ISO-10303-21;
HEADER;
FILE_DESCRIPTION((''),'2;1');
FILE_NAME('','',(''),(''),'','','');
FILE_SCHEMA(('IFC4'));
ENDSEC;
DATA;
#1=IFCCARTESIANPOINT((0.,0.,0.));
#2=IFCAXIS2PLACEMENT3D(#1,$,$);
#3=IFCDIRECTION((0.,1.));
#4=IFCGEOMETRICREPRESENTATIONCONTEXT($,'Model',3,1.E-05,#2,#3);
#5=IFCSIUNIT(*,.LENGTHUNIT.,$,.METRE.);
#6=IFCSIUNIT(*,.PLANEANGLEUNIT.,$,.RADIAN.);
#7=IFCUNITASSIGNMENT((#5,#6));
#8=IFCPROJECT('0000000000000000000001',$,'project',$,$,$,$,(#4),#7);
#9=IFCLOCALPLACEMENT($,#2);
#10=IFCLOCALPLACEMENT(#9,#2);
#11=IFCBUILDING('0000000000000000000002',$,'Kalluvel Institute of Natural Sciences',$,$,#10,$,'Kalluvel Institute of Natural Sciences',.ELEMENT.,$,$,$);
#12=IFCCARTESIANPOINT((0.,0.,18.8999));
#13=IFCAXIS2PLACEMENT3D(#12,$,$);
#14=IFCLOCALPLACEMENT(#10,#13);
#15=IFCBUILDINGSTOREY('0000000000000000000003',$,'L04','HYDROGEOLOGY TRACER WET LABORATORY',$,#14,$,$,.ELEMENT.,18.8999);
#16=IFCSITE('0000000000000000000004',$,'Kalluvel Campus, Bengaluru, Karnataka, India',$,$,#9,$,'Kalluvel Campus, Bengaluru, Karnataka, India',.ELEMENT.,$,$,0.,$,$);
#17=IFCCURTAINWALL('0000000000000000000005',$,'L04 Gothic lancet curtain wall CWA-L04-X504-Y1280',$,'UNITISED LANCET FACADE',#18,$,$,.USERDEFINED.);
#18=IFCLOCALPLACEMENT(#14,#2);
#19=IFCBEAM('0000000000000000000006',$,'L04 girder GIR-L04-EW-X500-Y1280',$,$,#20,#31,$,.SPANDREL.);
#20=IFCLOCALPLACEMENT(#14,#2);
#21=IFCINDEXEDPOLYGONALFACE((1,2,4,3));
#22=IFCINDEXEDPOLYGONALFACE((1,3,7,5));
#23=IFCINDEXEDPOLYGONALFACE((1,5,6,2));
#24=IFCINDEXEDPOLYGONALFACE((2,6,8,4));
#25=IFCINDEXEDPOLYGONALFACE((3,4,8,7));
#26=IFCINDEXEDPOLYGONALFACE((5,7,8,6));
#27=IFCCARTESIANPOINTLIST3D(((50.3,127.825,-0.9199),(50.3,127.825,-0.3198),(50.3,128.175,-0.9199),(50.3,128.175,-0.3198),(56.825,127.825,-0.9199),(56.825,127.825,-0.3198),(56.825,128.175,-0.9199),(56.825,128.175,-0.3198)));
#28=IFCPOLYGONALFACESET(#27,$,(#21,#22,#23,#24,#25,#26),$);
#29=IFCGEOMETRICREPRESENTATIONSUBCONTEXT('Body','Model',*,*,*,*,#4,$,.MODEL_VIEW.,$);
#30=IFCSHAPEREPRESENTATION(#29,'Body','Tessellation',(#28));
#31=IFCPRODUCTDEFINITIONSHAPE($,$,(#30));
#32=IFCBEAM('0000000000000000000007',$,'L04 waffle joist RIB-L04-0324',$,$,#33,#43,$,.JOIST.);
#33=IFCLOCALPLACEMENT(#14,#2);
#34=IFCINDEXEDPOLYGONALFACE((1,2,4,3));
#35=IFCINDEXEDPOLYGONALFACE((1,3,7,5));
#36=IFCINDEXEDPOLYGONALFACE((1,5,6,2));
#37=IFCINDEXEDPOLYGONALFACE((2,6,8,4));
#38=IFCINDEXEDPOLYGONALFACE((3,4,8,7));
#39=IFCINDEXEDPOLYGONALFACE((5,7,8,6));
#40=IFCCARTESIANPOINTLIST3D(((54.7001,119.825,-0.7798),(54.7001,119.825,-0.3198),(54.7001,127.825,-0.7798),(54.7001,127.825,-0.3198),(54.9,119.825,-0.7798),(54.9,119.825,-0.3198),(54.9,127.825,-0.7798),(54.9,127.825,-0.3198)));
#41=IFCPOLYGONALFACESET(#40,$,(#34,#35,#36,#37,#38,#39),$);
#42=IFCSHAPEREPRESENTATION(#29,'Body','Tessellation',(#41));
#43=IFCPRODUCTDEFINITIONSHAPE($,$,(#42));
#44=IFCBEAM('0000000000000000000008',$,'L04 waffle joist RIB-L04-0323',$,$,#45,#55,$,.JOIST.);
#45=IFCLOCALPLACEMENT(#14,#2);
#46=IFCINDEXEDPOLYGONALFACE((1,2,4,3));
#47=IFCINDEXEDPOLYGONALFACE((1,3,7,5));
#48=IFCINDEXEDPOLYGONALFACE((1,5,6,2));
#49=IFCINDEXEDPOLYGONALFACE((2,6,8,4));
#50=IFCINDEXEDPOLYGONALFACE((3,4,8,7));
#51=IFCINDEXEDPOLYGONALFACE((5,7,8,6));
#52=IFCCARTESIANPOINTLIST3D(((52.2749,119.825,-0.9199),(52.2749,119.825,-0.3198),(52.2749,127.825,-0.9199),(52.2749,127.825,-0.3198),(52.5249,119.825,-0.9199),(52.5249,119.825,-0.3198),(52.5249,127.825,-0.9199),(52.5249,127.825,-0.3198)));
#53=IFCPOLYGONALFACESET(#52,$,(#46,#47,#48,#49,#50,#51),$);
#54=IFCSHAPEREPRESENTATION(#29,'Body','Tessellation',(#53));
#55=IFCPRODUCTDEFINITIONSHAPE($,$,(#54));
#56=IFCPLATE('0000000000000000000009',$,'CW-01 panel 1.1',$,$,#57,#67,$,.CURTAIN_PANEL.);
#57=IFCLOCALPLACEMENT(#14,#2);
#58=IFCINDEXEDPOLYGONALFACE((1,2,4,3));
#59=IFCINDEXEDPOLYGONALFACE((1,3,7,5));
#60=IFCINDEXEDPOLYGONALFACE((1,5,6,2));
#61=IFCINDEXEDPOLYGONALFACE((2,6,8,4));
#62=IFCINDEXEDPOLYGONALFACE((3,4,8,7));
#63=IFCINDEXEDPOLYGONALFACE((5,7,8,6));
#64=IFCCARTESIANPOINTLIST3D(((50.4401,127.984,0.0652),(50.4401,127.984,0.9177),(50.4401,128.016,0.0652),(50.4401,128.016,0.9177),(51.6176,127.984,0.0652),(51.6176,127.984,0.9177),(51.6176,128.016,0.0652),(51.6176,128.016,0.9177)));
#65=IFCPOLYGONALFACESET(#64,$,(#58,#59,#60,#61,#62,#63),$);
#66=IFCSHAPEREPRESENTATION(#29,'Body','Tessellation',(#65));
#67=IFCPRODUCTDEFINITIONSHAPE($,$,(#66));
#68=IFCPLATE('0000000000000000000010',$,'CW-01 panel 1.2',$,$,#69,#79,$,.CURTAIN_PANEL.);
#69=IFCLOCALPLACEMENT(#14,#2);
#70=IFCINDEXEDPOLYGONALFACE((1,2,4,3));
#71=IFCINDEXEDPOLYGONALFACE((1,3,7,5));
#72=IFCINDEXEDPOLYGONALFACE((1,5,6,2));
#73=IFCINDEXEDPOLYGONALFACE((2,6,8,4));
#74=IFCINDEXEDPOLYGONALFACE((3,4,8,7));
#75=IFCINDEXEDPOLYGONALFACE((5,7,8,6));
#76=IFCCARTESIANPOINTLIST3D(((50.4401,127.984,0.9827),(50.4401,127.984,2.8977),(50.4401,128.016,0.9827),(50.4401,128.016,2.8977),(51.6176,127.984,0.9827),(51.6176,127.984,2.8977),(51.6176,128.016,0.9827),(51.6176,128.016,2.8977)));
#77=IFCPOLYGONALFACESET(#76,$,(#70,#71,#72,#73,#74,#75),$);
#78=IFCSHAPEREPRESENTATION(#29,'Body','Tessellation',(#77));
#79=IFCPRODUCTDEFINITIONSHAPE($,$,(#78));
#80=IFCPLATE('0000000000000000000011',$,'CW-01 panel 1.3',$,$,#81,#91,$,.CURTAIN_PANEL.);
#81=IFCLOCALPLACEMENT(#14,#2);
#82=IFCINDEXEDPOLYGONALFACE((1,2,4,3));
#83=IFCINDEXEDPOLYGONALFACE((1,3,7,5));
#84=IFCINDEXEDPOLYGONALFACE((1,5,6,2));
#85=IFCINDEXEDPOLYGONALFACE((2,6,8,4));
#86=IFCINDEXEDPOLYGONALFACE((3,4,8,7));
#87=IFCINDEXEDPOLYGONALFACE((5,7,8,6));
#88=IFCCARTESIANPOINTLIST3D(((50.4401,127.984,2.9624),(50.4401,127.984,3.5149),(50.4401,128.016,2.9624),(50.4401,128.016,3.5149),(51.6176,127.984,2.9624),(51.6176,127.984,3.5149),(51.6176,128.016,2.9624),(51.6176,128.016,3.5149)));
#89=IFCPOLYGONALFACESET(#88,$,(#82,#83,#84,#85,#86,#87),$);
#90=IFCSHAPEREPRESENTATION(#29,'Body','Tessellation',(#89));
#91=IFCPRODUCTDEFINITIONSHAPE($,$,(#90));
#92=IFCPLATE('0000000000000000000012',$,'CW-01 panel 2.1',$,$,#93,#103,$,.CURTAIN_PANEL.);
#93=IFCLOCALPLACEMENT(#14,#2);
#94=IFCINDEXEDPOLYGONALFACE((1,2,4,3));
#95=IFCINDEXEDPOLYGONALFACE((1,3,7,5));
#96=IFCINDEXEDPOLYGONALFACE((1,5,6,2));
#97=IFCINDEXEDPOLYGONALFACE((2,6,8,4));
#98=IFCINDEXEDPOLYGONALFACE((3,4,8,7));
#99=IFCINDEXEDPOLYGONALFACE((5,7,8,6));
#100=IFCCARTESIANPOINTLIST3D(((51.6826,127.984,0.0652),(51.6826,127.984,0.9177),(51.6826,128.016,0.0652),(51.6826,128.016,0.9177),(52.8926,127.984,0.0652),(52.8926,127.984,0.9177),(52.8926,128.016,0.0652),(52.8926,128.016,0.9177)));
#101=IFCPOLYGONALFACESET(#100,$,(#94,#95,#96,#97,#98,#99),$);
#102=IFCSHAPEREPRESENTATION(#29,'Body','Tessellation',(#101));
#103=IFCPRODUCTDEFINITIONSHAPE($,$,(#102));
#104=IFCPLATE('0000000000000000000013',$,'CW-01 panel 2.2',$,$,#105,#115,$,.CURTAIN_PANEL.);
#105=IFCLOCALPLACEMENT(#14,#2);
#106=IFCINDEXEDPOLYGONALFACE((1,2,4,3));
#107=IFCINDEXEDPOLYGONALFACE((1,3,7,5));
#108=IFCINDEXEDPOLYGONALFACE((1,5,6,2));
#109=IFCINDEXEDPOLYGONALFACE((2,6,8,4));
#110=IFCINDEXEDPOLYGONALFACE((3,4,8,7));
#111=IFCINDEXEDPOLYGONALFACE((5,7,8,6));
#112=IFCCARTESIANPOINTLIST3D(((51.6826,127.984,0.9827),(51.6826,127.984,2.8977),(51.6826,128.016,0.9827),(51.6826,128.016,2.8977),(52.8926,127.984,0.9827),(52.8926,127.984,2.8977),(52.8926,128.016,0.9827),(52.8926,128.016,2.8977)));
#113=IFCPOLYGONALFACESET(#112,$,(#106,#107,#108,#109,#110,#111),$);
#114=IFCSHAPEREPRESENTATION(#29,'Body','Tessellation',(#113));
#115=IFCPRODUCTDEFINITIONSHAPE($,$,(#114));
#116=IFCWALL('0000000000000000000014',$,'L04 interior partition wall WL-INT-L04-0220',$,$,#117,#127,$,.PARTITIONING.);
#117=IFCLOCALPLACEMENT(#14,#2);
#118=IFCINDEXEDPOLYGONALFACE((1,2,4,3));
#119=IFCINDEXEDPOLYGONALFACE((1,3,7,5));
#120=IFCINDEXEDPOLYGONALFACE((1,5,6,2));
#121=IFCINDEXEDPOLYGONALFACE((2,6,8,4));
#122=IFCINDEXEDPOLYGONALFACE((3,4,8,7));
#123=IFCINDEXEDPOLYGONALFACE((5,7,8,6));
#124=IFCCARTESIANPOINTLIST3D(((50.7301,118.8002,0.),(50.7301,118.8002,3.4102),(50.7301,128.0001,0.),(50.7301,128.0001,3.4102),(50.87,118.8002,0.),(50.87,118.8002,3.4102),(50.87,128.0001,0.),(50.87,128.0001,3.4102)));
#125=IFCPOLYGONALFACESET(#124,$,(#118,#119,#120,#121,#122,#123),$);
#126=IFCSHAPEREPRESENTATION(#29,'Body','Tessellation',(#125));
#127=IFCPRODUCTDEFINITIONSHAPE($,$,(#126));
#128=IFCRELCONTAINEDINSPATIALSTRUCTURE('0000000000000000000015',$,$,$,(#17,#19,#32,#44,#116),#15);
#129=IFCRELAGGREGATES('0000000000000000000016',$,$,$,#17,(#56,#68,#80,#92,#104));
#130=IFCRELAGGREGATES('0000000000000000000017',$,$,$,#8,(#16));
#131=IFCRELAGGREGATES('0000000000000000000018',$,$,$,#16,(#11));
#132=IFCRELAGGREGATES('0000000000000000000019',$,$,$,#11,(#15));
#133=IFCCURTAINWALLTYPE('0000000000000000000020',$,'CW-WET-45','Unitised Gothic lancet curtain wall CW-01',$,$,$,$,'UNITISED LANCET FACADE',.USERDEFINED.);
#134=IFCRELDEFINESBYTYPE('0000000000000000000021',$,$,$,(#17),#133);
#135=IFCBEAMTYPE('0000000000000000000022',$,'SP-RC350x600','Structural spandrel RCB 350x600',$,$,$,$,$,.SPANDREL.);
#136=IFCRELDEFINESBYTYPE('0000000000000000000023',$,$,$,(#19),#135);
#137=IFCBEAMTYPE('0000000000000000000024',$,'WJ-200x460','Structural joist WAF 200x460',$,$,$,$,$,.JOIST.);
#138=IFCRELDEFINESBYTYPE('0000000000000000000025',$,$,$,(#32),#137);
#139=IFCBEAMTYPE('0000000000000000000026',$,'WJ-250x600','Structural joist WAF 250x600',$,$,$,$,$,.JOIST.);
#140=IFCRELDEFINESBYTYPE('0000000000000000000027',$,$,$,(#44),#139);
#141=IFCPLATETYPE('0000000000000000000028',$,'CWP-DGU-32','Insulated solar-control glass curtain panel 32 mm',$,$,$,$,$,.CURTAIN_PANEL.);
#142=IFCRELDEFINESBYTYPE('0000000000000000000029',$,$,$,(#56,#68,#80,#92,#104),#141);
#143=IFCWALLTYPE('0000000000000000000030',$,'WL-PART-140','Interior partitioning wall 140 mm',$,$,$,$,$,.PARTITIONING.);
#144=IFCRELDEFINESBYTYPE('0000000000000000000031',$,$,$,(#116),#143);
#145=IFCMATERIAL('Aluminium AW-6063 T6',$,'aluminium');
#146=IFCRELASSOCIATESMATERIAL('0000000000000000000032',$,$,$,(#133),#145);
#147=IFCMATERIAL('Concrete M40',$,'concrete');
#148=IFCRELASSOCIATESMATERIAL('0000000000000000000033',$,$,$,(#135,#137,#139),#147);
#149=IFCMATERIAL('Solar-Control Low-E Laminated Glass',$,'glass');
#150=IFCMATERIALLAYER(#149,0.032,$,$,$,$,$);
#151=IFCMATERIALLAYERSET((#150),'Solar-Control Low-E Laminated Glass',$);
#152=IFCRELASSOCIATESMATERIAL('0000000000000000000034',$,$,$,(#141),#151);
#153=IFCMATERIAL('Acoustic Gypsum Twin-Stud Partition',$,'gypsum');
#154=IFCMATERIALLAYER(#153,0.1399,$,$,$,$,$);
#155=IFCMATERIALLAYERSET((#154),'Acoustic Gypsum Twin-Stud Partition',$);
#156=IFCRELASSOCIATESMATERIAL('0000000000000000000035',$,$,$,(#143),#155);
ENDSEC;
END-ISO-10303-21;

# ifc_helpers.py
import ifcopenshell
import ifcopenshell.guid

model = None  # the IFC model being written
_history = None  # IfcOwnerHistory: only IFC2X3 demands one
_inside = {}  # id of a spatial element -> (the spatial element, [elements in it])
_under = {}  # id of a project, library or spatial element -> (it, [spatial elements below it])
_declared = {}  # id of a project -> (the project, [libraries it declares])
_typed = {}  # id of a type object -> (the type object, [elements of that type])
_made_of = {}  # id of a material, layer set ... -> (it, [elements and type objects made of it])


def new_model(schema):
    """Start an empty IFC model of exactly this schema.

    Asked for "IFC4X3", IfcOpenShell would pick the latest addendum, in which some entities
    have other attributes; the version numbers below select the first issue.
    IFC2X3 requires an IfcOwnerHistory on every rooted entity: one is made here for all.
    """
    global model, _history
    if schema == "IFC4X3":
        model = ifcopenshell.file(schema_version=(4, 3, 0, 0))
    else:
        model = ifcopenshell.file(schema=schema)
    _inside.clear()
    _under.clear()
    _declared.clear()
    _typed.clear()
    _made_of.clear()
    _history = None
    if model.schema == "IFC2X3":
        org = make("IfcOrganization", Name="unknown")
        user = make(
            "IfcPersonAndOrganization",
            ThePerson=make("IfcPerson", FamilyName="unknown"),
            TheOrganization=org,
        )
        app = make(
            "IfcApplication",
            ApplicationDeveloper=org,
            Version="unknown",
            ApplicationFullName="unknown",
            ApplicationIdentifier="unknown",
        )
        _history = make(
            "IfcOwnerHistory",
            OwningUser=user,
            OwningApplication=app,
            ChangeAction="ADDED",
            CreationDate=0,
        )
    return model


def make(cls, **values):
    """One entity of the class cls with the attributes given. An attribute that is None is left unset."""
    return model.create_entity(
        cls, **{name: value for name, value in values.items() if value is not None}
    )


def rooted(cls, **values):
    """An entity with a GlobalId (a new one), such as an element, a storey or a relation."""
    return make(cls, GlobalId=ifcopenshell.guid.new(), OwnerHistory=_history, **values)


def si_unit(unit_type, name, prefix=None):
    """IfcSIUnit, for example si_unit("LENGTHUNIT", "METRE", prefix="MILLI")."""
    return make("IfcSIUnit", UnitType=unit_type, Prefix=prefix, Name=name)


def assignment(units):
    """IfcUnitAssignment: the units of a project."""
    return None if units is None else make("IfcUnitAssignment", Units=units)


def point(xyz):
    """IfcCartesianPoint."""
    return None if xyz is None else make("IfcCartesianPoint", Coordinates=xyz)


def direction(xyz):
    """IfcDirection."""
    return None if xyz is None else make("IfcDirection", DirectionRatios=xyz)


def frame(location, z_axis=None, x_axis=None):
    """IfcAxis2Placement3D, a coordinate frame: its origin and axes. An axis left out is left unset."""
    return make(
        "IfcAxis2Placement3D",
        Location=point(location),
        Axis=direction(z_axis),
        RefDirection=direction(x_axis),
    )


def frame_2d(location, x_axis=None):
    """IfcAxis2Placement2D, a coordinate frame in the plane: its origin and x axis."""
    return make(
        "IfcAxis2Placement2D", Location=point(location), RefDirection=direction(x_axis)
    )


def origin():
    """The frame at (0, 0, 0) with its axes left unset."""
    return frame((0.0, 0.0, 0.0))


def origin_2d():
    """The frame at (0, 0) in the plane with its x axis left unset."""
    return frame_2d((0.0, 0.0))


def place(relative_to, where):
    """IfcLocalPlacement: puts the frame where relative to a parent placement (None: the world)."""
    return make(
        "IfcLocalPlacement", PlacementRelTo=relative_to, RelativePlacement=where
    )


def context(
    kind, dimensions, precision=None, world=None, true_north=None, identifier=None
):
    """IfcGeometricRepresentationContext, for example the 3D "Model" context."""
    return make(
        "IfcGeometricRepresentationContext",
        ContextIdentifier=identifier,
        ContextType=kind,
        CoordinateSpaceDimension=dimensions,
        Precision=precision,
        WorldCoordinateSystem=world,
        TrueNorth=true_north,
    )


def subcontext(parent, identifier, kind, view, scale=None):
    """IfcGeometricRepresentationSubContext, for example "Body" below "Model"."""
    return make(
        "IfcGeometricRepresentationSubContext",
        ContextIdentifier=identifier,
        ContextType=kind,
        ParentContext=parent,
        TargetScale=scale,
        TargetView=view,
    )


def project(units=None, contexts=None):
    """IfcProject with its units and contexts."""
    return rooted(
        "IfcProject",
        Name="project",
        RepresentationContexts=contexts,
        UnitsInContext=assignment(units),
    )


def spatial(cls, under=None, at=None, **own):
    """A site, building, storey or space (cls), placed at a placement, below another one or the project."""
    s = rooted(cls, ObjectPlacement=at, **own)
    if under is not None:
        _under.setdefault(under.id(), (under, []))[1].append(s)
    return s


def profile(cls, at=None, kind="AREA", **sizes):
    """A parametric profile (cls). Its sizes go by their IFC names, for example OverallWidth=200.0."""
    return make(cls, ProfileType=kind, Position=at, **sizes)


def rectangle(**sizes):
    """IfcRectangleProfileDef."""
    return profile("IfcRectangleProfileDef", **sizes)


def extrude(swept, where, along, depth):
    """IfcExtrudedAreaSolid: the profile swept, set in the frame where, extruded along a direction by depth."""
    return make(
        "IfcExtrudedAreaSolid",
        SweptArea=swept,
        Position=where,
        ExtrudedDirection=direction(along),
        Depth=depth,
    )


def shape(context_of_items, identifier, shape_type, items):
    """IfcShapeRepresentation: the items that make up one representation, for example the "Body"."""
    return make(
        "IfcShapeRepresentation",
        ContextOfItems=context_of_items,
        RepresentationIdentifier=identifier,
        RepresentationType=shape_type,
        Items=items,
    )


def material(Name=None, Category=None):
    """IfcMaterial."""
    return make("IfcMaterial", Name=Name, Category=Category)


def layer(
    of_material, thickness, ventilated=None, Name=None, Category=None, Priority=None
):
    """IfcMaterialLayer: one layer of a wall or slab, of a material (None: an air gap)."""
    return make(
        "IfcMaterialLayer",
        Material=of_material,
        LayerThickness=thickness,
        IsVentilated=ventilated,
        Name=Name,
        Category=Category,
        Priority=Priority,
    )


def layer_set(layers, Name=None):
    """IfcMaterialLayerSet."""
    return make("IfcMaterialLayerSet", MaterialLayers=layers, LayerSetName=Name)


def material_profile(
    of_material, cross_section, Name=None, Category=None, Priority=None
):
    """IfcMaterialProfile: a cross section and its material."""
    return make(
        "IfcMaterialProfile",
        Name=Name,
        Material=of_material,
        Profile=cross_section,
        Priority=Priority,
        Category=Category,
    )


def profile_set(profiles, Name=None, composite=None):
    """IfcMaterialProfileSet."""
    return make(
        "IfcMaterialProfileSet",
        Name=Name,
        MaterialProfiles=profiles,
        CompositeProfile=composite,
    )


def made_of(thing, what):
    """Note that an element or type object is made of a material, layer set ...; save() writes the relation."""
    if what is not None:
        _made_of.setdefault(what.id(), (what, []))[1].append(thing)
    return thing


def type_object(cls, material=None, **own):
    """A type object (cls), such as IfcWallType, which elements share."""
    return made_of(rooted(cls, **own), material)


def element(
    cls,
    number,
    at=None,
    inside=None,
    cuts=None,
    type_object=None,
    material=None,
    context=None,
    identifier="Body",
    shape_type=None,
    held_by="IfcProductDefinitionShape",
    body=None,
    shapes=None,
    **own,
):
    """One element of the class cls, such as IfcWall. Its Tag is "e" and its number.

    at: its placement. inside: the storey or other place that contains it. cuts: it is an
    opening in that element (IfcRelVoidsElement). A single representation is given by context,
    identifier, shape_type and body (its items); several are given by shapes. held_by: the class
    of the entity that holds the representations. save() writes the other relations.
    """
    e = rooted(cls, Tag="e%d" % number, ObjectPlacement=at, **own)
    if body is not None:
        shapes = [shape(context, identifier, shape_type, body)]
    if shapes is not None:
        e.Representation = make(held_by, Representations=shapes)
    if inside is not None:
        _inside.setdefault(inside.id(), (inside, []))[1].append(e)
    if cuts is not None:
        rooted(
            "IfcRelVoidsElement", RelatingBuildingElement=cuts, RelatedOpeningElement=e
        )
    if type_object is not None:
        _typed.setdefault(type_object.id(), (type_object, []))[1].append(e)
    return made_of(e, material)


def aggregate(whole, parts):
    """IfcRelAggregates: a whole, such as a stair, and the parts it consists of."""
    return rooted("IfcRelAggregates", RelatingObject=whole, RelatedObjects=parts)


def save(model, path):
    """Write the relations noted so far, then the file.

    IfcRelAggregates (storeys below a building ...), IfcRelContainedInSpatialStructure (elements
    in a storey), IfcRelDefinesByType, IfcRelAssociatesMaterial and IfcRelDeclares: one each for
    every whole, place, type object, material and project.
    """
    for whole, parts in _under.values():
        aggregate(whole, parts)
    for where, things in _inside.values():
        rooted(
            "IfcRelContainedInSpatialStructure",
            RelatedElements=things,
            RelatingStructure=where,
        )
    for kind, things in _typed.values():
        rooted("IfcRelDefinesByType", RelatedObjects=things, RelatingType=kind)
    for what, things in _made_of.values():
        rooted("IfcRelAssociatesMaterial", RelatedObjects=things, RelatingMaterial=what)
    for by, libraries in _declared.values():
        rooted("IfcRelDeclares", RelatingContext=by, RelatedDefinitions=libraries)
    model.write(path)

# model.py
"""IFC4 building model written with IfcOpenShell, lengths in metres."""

from ifc_helpers import new_model, si_unit, direction, frame, frame_2d, origin, origin_2d, place, context, subcontext, project, spatial, rectangle, extrude, material, layer, layer_set, material_profile, profile_set, type_object, element, aggregate, save


model = new_model("IFC4")

# Units and contexts
model_context = context("Model", 3, precision=1e-05, world=origin(), true_north=direction((0.0, 1.0)))
body_context = subcontext(model_context, "Body", "Model", "MODEL_VIEW")
ifc_project = project(units=[si_unit("LENGTHUNIT", "METRE"), si_unit("PLANEANGLEUNIT", "RADIAN")], contexts=[model_context])

# Site, building, storey
site_placement = place(None, origin())
site = spatial("IfcSite", under=ifc_project, at=site_placement, Name="Kalluvel Campus, Bengaluru, Karnataka, India", LongName="Kalluvel Campus, Bengaluru, Karnataka, India", CompositionType="ELEMENT", RefElevation=0.0)
building_placement = place(site_placement, origin())
building = spatial("IfcBuilding", under=site, at=building_placement, Name="Kalluvel Institute of Natural Sciences", LongName="Kalluvel Institute of Natural Sciences", CompositionType="ELEMENT")
storey_placement = place(building_placement, frame((0.0, 0.0, 18.8999)))
storey = spatial("IfcBuildingStorey", under=building, at=storey_placement, Name="L04", Description="HYDROGEOLOGY TRACER WET LABORATORY", CompositionType="ELEMENT", Elevation=18.8999)

# Shared definitions
ifc_material_1 = material(Name="Concrete M40", Category="concrete")

# Curtain wall
ifc_material_2 = material(Name="Aluminium AW-6063 T6", Category="aluminium")
curtain_wall_type = type_object("IfcCurtainWallType", Name="CW-WET-45", Description="Unitised Gothic lancet curtain wall CW-01", ElementType="UNITISED LANCET FACADE", PredefinedType="USERDEFINED", material=ifc_material_2)
curtain_wall_placement = place(storey_placement, origin())
curtain_wall = element("IfcCurtainWall", 1, at=curtain_wall_placement, inside=storey, type_object=curtain_wall_type, Name="L04 Gothic lancet curtain wall CWA-L04-X504-Y1280", ObjectType="UNITISED LANCET FACADE", PredefinedType="USERDEFINED")

# Beams
ifc_material_profile_1 = material_profile(ifc_material_1, rectangle(XDim=0.3501, YDim=0.6001, at=origin_2d()), Name="RCB 350x600")
ifc_profile_set_1 = profile_set([ifc_material_profile_1], Name="Concrete M40")
beam_type_1 = type_object("IfcBeamType", Name="SP-RC350x600", Description="Structural spandrel RCB 350x600", PredefinedType="SPANDREL", material=ifc_profile_set_1)
beam_1_placement = place(storey_placement, frame((50.3, 128.0, -0.6199), z_axis=(1.0, 0.0, 0.0), x_axis=(0.0, 1.0, 0.0)))
element("IfcBeam", 2, at=beam_1_placement, inside=storey, type_object=beam_type_1, Name="L04 girder GIR-L04-EW-X500-Y1280", PredefinedType="SPANDREL", context=body_context, shape_type="SweptSolid", body=[
    extrude(rectangle(XDim=0.3501, YDim=0.6001, at=origin_2d()), origin(), (0.0, 0.0, 1.0), 6.5249),
])
ifc_material_profile_2 = material_profile(ifc_material_1, rectangle(XDim=0.2, YDim=0.46, at=origin_2d()), Name="WAF 200x460")
ifc_profile_set_2 = profile_set([ifc_material_profile_2], Name="Concrete M40")
beam_type_2 = type_object("IfcBeamType", Name="WJ-200x460", Description="Structural joist WAF 200x460", PredefinedType="JOIST", material=ifc_profile_set_2)
beam_2_placement = place(storey_placement, frame((54.8, 119.825, -0.5498), z_axis=(0.0, 1.0, 0.0), x_axis=(-1.0, 0.0, 0.0)))
element("IfcBeam", 3, at=beam_2_placement, inside=storey, type_object=beam_type_2, Name="L04 waffle joist RIB-L04-0324", PredefinedType="JOIST", context=body_context, shape_type="SweptSolid", body=[
    extrude(rectangle(XDim=0.2, YDim=0.46, at=origin_2d()), origin(), (0.0, 0.0, 1.0), 8.0),
])
ifc_material_profile_3 = material_profile(ifc_material_1, rectangle(XDim=0.25, YDim=0.6001, at=origin_2d()), Name="WAF 250x600")
ifc_profile_set_3 = profile_set([ifc_material_profile_3], Name="Concrete M40")
beam_type_3 = type_object("IfcBeamType", Name="WJ-250x600", Description="Structural joist WAF 250x600", PredefinedType="JOIST", material=ifc_profile_set_3)
beam_3_placement = place(storey_placement, frame((52.3999, 119.825, -0.6199), z_axis=(0.0, 1.0, 0.0), x_axis=(-1.0, 0.0, 0.0)))
element("IfcBeam", 4, at=beam_3_placement, inside=storey, type_object=beam_type_3, Name="L04 waffle joist RIB-L04-0323", PredefinedType="JOIST", context=body_context, shape_type="SweptSolid", body=[
    extrude(rectangle(XDim=0.25, YDim=0.6001, at=origin_2d()), origin(), (0.0, 0.0, 1.0), 8.0),
])

# Plates
ifc_material_3 = material(Name="Solar-Control Low-E Laminated Glass", Category="glass")
ifc_layer_1 = layer(ifc_material_3, 0.032)
ifc_layer_set_1 = layer_set([ifc_layer_1], Name="Solar-Control Low-E Laminated Glass")
plate_type = type_object("IfcPlateType", Name="CWP-DGU-32", Description="Insulated solar-control glass curtain panel 32 mm", PredefinedType="CURTAIN_PANEL", material=ifc_layer_set_1)
plate_1_placement = place(storey_placement, frame((51.0288, 128.0, 0.0652), z_axis=(0.0, 0.0, 1.0), x_axis=(1.0, 0.0, 0.0)))
plate_1 = element("IfcPlate", 5, at=plate_1_placement, type_object=plate_type, Name="CW-01 panel 1.1", PredefinedType="CURTAIN_PANEL", context=body_context, shape_type="SweptSolid", body=[
    extrude(rectangle(XDim=1.1775, YDim=0.032, at=origin_2d()), origin(), (0.0, 0.0, 1.0), 0.8525),
])
plate_2_placement = place(storey_placement, frame((51.0288, 128.0, 0.9827), z_axis=(0.0, 0.0, 1.0), x_axis=(1.0, 0.0, 0.0)))
plate_2 = element("IfcPlate", 6, at=plate_2_placement, type_object=plate_type, Name="CW-01 panel 1.2", PredefinedType="CURTAIN_PANEL", context=body_context, shape_type="SweptSolid", body=[
    extrude(rectangle(XDim=1.1775, YDim=0.032, at=origin_2d()), origin(), (0.0, 0.0, 1.0), 1.915),
])
plate_3_placement = place(storey_placement, frame((51.0288, 128.0, 2.9624), z_axis=(0.0, 0.0, 1.0), x_axis=(1.0, 0.0, 0.0)))
plate_3 = element("IfcPlate", 7, at=plate_3_placement, type_object=plate_type, Name="CW-01 panel 1.3", PredefinedType="CURTAIN_PANEL", context=body_context, shape_type="SweptSolid", body=[
    extrude(rectangle(XDim=1.1775, YDim=0.032, at=origin_2d()), origin(), (0.0, 0.0, 1.0), 0.5525),
])
plate_4_placement = place(storey_placement, frame((52.2876, 128.0, 0.0652), z_axis=(0.0, 0.0, 1.0), x_axis=(1.0, 0.0, 0.0)))
plate_4 = element("IfcPlate", 8, at=plate_4_placement, type_object=plate_type, Name="CW-01 panel 2.1", PredefinedType="CURTAIN_PANEL", context=body_context, shape_type="SweptSolid", body=[
    extrude(rectangle(XDim=1.21, YDim=0.032, at=origin_2d()), origin(), (0.0, 0.0, 1.0), 0.8525),
])
plate_5_placement = place(storey_placement, frame((52.2876, 128.0, 0.9827), z_axis=(0.0, 0.0, 1.0), x_axis=(1.0, 0.0, 0.0)))
plate_5 = element("IfcPlate", 9, at=plate_5_placement, type_object=plate_type, Name="CW-01 panel 2.2", PredefinedType="CURTAIN_PANEL", context=body_context, shape_type="SweptSolid", body=[
    extrude(rectangle(XDim=1.21, YDim=0.032, at=origin_2d()), origin(), (0.0, 0.0, 1.0), 1.915),
])
aggregate(curtain_wall, [plate_1, plate_2, plate_3, plate_4, plate_5])

# Wall
ifc_material_4 = material(Name="Acoustic Gypsum Twin-Stud Partition", Category="gypsum")
ifc_layer_2 = layer(ifc_material_4, 0.1399)
ifc_layer_set_2 = layer_set([ifc_layer_2], Name="Acoustic Gypsum Twin-Stud Partition")
wall_type = type_object("IfcWallType", Name="WL-PART-140", Description="Interior partitioning wall 140 mm", PredefinedType="PARTITIONING", material=ifc_layer_set_2)
wall_placement = place(storey_placement, frame((50.8, 118.8, 0.0), z_axis=(0.0, 0.0, 1.0), x_axis=(0.0, 1.0, 0.0)))
element("IfcWall", 10, at=wall_placement, inside=storey, type_object=wall_type, Name="L04 interior partition wall WL-INT-L04-0220", PredefinedType="PARTITIONING", context=body_context, shape_type="SweptSolid", body=[
    extrude(rectangle(XDim=9.2, YDim=0.1399, at=frame_2d((4.6001, 0.0))), origin(), (0.0, 0.0, 1.0), 3.4102),
])

save(model, "model.ifc")
